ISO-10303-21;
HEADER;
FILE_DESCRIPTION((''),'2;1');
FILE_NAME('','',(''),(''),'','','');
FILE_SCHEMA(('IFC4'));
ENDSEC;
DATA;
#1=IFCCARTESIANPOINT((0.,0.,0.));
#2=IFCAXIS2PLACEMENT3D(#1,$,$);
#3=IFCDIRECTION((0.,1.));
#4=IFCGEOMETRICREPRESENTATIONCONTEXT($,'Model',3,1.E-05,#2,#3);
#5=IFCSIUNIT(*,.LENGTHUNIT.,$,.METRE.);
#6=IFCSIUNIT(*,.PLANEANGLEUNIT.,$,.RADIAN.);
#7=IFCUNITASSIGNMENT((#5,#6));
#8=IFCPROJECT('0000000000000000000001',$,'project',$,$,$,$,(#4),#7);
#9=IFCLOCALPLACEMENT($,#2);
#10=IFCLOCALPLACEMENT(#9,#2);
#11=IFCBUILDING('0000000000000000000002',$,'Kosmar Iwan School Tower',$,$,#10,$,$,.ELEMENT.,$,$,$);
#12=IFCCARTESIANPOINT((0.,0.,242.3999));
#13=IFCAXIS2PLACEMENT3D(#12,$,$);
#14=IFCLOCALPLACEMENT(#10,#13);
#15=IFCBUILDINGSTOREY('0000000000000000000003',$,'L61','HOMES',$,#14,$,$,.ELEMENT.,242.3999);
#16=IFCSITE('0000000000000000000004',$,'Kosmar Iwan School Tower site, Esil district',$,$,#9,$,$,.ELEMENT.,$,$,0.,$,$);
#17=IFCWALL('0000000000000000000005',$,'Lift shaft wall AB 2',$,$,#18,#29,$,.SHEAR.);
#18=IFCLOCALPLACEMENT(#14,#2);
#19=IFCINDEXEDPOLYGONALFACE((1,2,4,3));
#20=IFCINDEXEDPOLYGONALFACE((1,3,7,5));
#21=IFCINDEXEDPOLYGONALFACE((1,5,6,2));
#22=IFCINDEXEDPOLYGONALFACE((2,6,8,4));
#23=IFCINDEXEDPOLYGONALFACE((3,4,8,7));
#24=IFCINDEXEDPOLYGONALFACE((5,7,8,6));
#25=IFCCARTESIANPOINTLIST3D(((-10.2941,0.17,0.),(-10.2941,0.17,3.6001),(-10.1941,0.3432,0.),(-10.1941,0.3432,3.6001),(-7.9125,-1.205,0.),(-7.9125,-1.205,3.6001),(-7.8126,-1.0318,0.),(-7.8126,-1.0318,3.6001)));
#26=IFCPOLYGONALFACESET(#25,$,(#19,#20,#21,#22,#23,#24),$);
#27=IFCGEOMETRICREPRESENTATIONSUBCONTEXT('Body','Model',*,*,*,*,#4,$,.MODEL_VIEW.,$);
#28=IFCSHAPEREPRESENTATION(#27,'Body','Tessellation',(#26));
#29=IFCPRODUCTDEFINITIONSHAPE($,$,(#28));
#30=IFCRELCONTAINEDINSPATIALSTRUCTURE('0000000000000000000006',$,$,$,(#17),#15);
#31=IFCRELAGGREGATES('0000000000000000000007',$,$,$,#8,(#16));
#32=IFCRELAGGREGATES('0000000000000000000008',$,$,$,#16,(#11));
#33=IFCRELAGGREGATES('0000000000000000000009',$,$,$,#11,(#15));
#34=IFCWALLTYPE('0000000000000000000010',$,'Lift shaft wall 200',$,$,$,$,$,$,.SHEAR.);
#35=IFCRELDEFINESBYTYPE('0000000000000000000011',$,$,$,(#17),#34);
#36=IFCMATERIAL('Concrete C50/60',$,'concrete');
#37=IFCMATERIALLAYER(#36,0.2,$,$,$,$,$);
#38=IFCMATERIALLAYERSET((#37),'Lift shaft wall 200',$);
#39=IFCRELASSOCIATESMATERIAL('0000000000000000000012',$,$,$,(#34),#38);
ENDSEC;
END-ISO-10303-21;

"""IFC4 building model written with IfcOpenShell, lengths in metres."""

from ifc_helpers import new_model, si_unit, direction, frame, frame_2d, origin, place, context, subcontext, project, spatial, rectangle, extrude, material, layer, layer_set, type_object, element, save


model = new_model("IFC4")

# Units and contexts
model_context = context("Model", 3, precision=1e-05, world=origin(), true_north=direction((0.0, 1.0)))
body_context = subcontext(model_context, "Body", "Model", "MODEL_VIEW")
ifc_project = project(units=[si_unit("LENGTHUNIT", "METRE"), si_unit("PLANEANGLEUNIT", "RADIAN")], contexts=[model_context])

# Site, building, storey
site_placement = place(None, origin())
site = spatial("IfcSite", under=ifc_project, at=site_placement, Name="Kosmar Iwan School Tower site, Esil district", CompositionType="ELEMENT", RefElevation=0.0)
building_placement = place(site_placement, origin())
building = spatial("IfcBuilding", under=site, at=building_placement, Name="Kosmar Iwan School Tower", CompositionType="ELEMENT")
storey_placement = place(building_placement, frame((0.0, 0.0, 242.3999)))
storey = spatial("IfcBuildingStorey", under=building, at=storey_placement, Name="L61", Description="HOMES", CompositionType="ELEMENT", Elevation=242.3999)

# Wall
ifc_material_1 = material(Name="Concrete C50/60", Category="concrete")
ifc_layer_1 = layer(ifc_material_1, 0.2)
ifc_layer_set_1 = layer_set([ifc_layer_1], Name="Lift shaft wall 200")
wall_type_1 = type_object("IfcWallType", Name="Lift shaft wall 200", PredefinedType="SHEAR", material=ifc_layer_set_1)
wall_1_placement = place(storey_placement, frame((-7.8625, -1.1184, 0.0), z_axis=(0.0, 0.0, 1.0), x_axis=(-0.866027, 0.499997, 0.0)))
element("IfcWall", 1, at=wall_1_placement, inside=storey, type_object=wall_type_1, Name="Lift shaft wall AB 2", PredefinedType="SHEAR", context=body_context, shape_type="SweptSolid", body=[
    extrude(rectangle(XDim=2.75, YDim=0.2, at=frame_2d((1.375, 0.0))), origin(), (0.0, 0.0, 1.0), 3.6001),
])

save(model, "model.ifc")
